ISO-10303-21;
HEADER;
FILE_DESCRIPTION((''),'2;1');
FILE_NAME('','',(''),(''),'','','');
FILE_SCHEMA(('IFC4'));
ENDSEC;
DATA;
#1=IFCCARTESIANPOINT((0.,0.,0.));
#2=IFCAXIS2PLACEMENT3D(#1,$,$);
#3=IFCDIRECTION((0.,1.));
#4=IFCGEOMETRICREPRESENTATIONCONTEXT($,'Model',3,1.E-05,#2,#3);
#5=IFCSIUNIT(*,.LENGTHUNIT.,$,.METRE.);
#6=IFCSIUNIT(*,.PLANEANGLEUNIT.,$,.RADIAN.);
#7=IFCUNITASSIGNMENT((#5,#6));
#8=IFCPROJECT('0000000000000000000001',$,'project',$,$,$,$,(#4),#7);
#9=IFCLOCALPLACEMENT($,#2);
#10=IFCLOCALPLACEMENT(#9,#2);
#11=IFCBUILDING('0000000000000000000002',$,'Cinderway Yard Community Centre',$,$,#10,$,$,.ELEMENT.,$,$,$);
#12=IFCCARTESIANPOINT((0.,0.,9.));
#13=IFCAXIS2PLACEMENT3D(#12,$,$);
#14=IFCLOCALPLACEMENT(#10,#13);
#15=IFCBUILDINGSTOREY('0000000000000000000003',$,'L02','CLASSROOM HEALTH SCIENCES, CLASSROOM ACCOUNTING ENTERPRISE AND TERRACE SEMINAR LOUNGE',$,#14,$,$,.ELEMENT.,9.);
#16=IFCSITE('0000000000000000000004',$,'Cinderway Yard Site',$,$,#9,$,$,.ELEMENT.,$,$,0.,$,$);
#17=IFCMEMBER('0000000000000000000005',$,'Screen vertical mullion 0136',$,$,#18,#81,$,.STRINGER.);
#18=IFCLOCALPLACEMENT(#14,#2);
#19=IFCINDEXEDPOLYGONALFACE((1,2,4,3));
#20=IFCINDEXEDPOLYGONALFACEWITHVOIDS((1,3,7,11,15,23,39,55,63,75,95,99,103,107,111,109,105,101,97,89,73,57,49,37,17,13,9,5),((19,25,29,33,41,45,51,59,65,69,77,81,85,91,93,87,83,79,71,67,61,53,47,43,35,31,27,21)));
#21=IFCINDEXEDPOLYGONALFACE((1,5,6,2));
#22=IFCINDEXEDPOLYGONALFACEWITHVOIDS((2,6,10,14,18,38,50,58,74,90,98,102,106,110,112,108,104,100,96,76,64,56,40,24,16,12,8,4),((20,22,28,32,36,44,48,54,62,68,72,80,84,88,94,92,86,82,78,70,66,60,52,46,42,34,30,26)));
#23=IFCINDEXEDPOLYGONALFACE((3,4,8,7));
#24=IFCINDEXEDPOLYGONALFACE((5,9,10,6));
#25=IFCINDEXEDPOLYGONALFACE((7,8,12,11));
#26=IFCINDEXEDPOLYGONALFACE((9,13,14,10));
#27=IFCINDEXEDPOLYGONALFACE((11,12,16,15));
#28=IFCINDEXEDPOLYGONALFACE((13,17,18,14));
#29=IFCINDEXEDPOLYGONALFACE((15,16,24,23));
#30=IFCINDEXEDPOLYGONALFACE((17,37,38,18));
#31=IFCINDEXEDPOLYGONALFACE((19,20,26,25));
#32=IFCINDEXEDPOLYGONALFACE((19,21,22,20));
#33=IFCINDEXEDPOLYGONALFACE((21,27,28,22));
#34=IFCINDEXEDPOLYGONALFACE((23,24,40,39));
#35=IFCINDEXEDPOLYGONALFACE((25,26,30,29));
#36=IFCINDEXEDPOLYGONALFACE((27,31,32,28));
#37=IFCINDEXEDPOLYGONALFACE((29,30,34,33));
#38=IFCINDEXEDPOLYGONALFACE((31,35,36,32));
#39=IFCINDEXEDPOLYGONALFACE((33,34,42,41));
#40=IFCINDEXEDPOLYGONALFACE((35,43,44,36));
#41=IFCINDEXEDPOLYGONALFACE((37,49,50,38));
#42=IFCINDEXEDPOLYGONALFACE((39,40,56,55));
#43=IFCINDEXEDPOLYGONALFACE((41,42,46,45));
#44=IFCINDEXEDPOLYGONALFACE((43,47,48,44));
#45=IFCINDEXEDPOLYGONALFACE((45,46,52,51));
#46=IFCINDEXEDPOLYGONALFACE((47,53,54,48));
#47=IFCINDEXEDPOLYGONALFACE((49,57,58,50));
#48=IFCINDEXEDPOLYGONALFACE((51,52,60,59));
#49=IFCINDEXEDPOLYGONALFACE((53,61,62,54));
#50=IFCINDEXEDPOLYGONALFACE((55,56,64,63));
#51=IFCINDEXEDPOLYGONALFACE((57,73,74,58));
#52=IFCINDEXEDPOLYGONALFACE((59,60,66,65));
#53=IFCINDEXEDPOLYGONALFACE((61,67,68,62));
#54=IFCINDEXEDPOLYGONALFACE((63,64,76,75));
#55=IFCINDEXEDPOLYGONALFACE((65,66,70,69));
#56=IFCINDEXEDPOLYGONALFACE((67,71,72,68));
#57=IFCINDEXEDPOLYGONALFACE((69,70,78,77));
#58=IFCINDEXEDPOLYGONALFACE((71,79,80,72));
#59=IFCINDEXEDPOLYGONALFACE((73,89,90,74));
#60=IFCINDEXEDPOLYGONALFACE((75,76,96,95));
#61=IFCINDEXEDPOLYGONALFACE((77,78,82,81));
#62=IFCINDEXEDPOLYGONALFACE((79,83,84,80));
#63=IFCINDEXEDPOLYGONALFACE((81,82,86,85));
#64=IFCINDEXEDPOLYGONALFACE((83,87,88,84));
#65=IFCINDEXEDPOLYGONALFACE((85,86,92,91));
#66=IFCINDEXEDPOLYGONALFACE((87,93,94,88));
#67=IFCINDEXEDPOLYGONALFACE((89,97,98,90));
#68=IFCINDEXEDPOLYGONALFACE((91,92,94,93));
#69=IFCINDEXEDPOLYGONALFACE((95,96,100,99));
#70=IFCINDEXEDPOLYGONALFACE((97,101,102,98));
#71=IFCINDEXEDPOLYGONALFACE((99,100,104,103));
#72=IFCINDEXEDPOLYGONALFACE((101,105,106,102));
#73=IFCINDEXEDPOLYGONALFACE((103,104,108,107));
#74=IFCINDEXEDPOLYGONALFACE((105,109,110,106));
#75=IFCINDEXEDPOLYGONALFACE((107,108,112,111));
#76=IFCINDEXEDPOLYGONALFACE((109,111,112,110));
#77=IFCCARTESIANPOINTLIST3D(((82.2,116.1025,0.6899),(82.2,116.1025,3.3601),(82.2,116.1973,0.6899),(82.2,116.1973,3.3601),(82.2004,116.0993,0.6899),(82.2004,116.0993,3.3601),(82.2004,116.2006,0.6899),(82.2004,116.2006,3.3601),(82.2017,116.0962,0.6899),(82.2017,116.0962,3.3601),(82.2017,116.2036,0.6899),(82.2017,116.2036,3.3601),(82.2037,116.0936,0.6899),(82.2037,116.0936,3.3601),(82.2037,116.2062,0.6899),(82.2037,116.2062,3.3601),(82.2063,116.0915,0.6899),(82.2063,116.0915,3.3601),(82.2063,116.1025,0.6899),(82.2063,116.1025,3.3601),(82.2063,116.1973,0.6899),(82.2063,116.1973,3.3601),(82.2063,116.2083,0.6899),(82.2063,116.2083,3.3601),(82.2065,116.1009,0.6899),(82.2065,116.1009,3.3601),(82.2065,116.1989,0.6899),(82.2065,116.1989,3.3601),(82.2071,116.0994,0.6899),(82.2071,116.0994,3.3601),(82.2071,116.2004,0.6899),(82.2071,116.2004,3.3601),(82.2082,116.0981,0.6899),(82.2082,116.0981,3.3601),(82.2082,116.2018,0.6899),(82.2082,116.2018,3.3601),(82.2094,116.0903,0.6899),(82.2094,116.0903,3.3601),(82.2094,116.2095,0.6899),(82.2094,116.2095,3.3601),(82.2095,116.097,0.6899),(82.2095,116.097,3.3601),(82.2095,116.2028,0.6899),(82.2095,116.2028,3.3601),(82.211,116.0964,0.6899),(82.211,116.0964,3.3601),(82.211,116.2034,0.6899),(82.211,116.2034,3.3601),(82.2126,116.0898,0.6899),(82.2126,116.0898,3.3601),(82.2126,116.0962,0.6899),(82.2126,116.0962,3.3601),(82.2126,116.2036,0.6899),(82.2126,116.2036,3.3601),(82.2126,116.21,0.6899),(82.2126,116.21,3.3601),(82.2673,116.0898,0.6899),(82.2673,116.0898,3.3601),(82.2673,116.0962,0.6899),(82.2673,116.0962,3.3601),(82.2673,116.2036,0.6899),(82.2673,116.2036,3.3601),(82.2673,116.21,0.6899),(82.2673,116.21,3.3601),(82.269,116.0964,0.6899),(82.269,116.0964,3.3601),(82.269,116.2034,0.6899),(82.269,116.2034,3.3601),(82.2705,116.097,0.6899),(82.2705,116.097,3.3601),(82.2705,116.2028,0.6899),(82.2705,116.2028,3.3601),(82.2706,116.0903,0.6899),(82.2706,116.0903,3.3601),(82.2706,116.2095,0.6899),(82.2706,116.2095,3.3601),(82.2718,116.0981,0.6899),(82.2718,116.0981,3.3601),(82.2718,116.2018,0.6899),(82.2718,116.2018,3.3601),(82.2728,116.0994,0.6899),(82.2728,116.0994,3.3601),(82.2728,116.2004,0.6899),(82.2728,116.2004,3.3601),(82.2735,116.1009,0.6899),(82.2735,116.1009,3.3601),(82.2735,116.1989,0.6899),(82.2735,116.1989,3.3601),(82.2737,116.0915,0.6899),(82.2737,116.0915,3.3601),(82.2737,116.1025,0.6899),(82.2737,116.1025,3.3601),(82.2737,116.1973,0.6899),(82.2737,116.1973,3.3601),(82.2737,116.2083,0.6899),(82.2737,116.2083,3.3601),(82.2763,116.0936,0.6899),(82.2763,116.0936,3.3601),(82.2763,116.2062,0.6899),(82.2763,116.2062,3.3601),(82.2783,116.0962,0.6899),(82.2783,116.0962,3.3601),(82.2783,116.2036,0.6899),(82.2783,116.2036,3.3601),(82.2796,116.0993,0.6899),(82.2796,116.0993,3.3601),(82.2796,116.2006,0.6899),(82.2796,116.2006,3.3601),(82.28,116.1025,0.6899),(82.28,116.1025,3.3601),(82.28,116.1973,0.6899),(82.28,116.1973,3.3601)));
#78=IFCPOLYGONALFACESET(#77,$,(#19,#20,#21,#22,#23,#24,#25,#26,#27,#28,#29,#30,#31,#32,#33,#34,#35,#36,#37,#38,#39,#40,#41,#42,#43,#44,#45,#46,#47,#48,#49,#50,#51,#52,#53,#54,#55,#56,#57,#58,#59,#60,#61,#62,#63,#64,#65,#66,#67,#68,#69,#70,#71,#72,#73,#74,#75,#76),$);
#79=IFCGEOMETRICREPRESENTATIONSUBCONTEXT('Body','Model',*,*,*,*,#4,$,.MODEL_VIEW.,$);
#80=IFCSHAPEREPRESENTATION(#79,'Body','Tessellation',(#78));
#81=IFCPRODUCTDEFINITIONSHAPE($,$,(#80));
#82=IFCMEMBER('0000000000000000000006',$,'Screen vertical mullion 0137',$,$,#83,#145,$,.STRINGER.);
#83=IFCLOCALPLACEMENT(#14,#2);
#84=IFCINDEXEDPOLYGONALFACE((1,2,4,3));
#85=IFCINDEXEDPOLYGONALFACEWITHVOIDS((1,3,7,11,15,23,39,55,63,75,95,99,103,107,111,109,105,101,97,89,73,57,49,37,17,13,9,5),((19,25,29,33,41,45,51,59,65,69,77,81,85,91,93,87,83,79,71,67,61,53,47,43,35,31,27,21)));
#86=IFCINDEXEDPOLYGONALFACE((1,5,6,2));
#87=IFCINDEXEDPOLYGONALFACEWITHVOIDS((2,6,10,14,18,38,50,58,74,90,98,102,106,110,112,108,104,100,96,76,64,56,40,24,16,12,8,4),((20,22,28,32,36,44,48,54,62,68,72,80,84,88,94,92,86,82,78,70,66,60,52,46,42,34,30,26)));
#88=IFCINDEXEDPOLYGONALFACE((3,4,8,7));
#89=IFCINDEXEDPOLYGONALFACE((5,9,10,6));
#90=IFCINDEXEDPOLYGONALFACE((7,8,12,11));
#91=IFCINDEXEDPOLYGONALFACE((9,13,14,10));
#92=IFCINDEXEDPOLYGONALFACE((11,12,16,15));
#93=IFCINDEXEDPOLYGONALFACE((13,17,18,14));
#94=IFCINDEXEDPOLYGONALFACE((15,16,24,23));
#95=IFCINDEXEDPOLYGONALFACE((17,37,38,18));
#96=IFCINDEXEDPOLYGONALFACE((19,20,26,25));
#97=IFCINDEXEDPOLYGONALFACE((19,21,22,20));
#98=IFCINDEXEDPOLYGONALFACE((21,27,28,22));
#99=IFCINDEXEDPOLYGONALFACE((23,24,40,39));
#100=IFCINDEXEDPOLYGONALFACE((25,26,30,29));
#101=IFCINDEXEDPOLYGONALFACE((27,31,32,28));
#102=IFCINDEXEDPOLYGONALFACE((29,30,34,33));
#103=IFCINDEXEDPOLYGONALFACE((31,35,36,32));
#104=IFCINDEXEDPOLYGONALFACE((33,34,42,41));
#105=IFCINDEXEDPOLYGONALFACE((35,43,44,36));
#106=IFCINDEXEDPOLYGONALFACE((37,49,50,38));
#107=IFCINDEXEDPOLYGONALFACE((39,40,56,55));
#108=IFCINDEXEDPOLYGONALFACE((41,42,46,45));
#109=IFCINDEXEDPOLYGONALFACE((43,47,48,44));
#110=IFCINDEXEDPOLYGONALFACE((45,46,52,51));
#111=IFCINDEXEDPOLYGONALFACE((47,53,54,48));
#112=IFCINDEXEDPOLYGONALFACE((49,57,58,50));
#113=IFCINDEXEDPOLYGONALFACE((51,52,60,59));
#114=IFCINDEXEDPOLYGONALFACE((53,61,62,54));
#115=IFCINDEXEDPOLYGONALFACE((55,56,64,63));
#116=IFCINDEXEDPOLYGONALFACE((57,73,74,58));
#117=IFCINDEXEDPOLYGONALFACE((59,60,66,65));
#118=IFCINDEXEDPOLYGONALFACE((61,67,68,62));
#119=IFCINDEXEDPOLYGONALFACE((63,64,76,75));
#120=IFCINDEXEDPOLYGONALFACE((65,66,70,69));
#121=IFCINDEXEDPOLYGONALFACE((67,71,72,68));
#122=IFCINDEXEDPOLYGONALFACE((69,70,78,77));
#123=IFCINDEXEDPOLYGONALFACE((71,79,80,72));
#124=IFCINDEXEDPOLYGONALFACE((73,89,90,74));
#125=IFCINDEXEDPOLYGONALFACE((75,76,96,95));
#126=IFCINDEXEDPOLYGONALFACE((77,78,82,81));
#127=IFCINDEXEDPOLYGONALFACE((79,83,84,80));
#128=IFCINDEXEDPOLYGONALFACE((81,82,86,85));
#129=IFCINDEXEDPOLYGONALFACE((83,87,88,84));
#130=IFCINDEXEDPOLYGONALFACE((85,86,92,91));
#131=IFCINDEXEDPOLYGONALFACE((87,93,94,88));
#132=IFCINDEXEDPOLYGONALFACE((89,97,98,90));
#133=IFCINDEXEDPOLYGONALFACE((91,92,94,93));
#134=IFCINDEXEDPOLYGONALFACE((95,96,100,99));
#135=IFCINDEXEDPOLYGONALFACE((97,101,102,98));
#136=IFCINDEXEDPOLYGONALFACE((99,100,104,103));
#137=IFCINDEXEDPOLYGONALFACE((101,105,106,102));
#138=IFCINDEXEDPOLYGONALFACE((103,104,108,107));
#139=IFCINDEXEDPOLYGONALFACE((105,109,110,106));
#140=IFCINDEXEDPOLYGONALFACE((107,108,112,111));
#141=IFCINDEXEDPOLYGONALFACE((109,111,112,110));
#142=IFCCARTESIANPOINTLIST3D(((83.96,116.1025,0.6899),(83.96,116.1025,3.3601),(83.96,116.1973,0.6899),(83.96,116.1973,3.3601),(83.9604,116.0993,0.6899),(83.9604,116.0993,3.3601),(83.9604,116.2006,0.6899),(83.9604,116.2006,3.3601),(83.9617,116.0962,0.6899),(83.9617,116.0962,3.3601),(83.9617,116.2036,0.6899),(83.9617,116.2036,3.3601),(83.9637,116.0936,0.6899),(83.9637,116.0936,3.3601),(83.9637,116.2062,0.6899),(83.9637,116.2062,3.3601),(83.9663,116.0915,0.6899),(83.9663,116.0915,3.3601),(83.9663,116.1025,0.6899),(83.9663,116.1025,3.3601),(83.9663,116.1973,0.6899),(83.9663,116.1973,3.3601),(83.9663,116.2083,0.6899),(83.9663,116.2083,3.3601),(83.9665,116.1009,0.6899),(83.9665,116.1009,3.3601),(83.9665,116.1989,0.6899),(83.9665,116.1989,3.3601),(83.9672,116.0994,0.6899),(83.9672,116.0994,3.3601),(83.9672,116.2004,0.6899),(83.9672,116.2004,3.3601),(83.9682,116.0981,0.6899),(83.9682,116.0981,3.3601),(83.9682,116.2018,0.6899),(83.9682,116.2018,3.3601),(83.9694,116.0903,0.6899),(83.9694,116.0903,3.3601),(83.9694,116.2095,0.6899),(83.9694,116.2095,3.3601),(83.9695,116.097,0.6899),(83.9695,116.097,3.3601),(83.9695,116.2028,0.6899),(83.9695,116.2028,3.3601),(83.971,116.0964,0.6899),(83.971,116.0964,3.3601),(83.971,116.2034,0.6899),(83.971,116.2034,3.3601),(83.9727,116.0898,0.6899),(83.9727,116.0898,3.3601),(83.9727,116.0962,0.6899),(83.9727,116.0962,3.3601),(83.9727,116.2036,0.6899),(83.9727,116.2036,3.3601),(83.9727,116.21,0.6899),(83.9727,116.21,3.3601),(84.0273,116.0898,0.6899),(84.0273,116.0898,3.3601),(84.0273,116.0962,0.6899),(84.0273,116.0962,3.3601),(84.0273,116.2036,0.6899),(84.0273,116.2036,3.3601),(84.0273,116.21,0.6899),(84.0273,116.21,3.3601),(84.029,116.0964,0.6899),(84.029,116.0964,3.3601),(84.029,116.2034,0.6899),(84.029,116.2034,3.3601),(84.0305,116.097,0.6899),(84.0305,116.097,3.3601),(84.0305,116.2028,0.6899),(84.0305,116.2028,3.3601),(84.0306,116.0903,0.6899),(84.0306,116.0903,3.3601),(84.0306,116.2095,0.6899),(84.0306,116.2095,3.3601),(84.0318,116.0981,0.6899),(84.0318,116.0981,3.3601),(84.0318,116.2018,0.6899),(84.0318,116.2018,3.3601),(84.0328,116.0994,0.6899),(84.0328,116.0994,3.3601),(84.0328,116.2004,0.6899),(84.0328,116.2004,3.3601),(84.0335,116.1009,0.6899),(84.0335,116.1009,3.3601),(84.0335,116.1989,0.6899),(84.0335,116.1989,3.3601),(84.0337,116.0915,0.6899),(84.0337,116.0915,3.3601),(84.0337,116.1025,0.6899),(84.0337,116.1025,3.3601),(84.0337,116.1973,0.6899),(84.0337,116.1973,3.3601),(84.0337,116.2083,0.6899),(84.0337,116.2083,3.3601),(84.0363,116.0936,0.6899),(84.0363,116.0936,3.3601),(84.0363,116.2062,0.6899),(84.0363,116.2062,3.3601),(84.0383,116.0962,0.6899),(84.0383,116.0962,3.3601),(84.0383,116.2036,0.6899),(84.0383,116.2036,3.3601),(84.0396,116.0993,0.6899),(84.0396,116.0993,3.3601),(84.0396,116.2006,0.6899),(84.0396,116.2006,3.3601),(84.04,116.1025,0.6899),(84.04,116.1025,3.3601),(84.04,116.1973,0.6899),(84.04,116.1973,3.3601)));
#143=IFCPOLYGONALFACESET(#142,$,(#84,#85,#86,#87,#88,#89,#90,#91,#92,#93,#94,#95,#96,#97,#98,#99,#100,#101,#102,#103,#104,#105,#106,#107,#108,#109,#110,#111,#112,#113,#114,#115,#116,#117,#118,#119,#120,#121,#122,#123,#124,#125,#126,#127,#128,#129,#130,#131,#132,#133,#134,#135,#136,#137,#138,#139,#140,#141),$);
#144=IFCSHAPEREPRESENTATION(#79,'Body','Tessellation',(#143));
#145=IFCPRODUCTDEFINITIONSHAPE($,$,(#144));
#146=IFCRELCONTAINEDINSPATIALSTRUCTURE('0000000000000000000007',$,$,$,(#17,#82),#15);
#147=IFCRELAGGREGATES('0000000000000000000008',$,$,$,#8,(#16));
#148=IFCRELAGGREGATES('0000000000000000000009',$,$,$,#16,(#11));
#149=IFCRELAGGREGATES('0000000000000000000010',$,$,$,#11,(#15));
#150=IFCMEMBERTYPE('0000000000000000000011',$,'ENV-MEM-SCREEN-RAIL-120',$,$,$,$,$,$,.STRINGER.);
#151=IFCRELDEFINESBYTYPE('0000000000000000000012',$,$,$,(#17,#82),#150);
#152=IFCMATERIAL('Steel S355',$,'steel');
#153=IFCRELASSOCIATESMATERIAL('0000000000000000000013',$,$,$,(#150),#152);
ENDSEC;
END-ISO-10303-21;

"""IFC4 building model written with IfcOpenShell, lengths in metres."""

from ifc_helpers import new_model, si_unit, direction, frame, origin, origin_2d, place, context, subcontext, project, spatial, hollow_rectangle, extrude, material, material_profile, profile_set, type_object, element, save


model = new_model("IFC4")

# Units and contexts
model_context = context("Model", 3, precision=1e-05, world=origin(), true_north=direction((0.0, 1.0)))
body_context = subcontext(model_context, "Body", "Model", "MODEL_VIEW")
ifc_project = project(units=[si_unit("LENGTHUNIT", "METRE"), si_unit("PLANEANGLEUNIT", "RADIAN")], contexts=[model_context])

# Site, building, storey
site_placement = place(None, origin())
site = spatial("IfcSite", under=ifc_project, at=site_placement, Name="Cinderway Yard Site", CompositionType="ELEMENT", RefElevation=0.0)
building_placement = place(site_placement, origin())
building = spatial("IfcBuilding", under=site, at=building_placement, Name="Cinderway Yard Community Centre", CompositionType="ELEMENT")
storey_placement = place(building_placement, frame((0.0, 0.0, 9.0)))
storey = spatial("IfcBuildingStorey", under=building, at=storey_placement, Name="L02", Description="CLASSROOM HEALTH SCIENCES, CLASSROOM ACCOUNTING ENTERPRISE AND TERRACE SEMINAR LOUNGE", CompositionType="ELEMENT", Elevation=9.0)

# Members
ifc_material_1 = material(Name="Steel S355", Category="steel")
ifc_material_profile = material_profile(ifc_material_1, hollow_rectangle(XDim=0.0801, YDim=0.1201, WallThickness=0.0063, InnerFilletRadius=0.0063, OuterFilletRadius=0.0127, at=origin_2d()), Name="Steel S355")
ifc_profile_set = profile_set([ifc_material_profile], Name="Steel S355")
member_type = type_object("IfcMemberType", Name="ENV-MEM-SCREEN-RAIL-120", PredefinedType="STRINGER", material=ifc_profile_set)
for number, where, z_axis, x_axis, name in (
    (1, (82.24, 116.1499, 0.6899), (0.0, 0.0, 1.0), (1.0, 0.0, 0.0), "Screen vertical mullion 0136"),
    (2, (84.0, 116.1499, 0.6899), (0.0, 0.0, 1.0), (1.0, 0.0, 0.0), "Screen vertical mullion 0137"),
):
    element("IfcMember", number, at=place(storey_placement, frame(where, z_axis=z_axis, x_axis=x_axis)), inside=storey, type_object=member_type, Name=name, PredefinedType="STRINGER", context=body_context, shape_type="SweptSolid", body=[
        extrude(hollow_rectangle(XDim=0.0801, YDim=0.1201, WallThickness=0.0063, InnerFilletRadius=0.0063, OuterFilletRadius=0.0127, at=origin_2d()), origin(), (0.0, 0.0, 1.0), 2.6702),
    ])

save(model, "model.ifc")
